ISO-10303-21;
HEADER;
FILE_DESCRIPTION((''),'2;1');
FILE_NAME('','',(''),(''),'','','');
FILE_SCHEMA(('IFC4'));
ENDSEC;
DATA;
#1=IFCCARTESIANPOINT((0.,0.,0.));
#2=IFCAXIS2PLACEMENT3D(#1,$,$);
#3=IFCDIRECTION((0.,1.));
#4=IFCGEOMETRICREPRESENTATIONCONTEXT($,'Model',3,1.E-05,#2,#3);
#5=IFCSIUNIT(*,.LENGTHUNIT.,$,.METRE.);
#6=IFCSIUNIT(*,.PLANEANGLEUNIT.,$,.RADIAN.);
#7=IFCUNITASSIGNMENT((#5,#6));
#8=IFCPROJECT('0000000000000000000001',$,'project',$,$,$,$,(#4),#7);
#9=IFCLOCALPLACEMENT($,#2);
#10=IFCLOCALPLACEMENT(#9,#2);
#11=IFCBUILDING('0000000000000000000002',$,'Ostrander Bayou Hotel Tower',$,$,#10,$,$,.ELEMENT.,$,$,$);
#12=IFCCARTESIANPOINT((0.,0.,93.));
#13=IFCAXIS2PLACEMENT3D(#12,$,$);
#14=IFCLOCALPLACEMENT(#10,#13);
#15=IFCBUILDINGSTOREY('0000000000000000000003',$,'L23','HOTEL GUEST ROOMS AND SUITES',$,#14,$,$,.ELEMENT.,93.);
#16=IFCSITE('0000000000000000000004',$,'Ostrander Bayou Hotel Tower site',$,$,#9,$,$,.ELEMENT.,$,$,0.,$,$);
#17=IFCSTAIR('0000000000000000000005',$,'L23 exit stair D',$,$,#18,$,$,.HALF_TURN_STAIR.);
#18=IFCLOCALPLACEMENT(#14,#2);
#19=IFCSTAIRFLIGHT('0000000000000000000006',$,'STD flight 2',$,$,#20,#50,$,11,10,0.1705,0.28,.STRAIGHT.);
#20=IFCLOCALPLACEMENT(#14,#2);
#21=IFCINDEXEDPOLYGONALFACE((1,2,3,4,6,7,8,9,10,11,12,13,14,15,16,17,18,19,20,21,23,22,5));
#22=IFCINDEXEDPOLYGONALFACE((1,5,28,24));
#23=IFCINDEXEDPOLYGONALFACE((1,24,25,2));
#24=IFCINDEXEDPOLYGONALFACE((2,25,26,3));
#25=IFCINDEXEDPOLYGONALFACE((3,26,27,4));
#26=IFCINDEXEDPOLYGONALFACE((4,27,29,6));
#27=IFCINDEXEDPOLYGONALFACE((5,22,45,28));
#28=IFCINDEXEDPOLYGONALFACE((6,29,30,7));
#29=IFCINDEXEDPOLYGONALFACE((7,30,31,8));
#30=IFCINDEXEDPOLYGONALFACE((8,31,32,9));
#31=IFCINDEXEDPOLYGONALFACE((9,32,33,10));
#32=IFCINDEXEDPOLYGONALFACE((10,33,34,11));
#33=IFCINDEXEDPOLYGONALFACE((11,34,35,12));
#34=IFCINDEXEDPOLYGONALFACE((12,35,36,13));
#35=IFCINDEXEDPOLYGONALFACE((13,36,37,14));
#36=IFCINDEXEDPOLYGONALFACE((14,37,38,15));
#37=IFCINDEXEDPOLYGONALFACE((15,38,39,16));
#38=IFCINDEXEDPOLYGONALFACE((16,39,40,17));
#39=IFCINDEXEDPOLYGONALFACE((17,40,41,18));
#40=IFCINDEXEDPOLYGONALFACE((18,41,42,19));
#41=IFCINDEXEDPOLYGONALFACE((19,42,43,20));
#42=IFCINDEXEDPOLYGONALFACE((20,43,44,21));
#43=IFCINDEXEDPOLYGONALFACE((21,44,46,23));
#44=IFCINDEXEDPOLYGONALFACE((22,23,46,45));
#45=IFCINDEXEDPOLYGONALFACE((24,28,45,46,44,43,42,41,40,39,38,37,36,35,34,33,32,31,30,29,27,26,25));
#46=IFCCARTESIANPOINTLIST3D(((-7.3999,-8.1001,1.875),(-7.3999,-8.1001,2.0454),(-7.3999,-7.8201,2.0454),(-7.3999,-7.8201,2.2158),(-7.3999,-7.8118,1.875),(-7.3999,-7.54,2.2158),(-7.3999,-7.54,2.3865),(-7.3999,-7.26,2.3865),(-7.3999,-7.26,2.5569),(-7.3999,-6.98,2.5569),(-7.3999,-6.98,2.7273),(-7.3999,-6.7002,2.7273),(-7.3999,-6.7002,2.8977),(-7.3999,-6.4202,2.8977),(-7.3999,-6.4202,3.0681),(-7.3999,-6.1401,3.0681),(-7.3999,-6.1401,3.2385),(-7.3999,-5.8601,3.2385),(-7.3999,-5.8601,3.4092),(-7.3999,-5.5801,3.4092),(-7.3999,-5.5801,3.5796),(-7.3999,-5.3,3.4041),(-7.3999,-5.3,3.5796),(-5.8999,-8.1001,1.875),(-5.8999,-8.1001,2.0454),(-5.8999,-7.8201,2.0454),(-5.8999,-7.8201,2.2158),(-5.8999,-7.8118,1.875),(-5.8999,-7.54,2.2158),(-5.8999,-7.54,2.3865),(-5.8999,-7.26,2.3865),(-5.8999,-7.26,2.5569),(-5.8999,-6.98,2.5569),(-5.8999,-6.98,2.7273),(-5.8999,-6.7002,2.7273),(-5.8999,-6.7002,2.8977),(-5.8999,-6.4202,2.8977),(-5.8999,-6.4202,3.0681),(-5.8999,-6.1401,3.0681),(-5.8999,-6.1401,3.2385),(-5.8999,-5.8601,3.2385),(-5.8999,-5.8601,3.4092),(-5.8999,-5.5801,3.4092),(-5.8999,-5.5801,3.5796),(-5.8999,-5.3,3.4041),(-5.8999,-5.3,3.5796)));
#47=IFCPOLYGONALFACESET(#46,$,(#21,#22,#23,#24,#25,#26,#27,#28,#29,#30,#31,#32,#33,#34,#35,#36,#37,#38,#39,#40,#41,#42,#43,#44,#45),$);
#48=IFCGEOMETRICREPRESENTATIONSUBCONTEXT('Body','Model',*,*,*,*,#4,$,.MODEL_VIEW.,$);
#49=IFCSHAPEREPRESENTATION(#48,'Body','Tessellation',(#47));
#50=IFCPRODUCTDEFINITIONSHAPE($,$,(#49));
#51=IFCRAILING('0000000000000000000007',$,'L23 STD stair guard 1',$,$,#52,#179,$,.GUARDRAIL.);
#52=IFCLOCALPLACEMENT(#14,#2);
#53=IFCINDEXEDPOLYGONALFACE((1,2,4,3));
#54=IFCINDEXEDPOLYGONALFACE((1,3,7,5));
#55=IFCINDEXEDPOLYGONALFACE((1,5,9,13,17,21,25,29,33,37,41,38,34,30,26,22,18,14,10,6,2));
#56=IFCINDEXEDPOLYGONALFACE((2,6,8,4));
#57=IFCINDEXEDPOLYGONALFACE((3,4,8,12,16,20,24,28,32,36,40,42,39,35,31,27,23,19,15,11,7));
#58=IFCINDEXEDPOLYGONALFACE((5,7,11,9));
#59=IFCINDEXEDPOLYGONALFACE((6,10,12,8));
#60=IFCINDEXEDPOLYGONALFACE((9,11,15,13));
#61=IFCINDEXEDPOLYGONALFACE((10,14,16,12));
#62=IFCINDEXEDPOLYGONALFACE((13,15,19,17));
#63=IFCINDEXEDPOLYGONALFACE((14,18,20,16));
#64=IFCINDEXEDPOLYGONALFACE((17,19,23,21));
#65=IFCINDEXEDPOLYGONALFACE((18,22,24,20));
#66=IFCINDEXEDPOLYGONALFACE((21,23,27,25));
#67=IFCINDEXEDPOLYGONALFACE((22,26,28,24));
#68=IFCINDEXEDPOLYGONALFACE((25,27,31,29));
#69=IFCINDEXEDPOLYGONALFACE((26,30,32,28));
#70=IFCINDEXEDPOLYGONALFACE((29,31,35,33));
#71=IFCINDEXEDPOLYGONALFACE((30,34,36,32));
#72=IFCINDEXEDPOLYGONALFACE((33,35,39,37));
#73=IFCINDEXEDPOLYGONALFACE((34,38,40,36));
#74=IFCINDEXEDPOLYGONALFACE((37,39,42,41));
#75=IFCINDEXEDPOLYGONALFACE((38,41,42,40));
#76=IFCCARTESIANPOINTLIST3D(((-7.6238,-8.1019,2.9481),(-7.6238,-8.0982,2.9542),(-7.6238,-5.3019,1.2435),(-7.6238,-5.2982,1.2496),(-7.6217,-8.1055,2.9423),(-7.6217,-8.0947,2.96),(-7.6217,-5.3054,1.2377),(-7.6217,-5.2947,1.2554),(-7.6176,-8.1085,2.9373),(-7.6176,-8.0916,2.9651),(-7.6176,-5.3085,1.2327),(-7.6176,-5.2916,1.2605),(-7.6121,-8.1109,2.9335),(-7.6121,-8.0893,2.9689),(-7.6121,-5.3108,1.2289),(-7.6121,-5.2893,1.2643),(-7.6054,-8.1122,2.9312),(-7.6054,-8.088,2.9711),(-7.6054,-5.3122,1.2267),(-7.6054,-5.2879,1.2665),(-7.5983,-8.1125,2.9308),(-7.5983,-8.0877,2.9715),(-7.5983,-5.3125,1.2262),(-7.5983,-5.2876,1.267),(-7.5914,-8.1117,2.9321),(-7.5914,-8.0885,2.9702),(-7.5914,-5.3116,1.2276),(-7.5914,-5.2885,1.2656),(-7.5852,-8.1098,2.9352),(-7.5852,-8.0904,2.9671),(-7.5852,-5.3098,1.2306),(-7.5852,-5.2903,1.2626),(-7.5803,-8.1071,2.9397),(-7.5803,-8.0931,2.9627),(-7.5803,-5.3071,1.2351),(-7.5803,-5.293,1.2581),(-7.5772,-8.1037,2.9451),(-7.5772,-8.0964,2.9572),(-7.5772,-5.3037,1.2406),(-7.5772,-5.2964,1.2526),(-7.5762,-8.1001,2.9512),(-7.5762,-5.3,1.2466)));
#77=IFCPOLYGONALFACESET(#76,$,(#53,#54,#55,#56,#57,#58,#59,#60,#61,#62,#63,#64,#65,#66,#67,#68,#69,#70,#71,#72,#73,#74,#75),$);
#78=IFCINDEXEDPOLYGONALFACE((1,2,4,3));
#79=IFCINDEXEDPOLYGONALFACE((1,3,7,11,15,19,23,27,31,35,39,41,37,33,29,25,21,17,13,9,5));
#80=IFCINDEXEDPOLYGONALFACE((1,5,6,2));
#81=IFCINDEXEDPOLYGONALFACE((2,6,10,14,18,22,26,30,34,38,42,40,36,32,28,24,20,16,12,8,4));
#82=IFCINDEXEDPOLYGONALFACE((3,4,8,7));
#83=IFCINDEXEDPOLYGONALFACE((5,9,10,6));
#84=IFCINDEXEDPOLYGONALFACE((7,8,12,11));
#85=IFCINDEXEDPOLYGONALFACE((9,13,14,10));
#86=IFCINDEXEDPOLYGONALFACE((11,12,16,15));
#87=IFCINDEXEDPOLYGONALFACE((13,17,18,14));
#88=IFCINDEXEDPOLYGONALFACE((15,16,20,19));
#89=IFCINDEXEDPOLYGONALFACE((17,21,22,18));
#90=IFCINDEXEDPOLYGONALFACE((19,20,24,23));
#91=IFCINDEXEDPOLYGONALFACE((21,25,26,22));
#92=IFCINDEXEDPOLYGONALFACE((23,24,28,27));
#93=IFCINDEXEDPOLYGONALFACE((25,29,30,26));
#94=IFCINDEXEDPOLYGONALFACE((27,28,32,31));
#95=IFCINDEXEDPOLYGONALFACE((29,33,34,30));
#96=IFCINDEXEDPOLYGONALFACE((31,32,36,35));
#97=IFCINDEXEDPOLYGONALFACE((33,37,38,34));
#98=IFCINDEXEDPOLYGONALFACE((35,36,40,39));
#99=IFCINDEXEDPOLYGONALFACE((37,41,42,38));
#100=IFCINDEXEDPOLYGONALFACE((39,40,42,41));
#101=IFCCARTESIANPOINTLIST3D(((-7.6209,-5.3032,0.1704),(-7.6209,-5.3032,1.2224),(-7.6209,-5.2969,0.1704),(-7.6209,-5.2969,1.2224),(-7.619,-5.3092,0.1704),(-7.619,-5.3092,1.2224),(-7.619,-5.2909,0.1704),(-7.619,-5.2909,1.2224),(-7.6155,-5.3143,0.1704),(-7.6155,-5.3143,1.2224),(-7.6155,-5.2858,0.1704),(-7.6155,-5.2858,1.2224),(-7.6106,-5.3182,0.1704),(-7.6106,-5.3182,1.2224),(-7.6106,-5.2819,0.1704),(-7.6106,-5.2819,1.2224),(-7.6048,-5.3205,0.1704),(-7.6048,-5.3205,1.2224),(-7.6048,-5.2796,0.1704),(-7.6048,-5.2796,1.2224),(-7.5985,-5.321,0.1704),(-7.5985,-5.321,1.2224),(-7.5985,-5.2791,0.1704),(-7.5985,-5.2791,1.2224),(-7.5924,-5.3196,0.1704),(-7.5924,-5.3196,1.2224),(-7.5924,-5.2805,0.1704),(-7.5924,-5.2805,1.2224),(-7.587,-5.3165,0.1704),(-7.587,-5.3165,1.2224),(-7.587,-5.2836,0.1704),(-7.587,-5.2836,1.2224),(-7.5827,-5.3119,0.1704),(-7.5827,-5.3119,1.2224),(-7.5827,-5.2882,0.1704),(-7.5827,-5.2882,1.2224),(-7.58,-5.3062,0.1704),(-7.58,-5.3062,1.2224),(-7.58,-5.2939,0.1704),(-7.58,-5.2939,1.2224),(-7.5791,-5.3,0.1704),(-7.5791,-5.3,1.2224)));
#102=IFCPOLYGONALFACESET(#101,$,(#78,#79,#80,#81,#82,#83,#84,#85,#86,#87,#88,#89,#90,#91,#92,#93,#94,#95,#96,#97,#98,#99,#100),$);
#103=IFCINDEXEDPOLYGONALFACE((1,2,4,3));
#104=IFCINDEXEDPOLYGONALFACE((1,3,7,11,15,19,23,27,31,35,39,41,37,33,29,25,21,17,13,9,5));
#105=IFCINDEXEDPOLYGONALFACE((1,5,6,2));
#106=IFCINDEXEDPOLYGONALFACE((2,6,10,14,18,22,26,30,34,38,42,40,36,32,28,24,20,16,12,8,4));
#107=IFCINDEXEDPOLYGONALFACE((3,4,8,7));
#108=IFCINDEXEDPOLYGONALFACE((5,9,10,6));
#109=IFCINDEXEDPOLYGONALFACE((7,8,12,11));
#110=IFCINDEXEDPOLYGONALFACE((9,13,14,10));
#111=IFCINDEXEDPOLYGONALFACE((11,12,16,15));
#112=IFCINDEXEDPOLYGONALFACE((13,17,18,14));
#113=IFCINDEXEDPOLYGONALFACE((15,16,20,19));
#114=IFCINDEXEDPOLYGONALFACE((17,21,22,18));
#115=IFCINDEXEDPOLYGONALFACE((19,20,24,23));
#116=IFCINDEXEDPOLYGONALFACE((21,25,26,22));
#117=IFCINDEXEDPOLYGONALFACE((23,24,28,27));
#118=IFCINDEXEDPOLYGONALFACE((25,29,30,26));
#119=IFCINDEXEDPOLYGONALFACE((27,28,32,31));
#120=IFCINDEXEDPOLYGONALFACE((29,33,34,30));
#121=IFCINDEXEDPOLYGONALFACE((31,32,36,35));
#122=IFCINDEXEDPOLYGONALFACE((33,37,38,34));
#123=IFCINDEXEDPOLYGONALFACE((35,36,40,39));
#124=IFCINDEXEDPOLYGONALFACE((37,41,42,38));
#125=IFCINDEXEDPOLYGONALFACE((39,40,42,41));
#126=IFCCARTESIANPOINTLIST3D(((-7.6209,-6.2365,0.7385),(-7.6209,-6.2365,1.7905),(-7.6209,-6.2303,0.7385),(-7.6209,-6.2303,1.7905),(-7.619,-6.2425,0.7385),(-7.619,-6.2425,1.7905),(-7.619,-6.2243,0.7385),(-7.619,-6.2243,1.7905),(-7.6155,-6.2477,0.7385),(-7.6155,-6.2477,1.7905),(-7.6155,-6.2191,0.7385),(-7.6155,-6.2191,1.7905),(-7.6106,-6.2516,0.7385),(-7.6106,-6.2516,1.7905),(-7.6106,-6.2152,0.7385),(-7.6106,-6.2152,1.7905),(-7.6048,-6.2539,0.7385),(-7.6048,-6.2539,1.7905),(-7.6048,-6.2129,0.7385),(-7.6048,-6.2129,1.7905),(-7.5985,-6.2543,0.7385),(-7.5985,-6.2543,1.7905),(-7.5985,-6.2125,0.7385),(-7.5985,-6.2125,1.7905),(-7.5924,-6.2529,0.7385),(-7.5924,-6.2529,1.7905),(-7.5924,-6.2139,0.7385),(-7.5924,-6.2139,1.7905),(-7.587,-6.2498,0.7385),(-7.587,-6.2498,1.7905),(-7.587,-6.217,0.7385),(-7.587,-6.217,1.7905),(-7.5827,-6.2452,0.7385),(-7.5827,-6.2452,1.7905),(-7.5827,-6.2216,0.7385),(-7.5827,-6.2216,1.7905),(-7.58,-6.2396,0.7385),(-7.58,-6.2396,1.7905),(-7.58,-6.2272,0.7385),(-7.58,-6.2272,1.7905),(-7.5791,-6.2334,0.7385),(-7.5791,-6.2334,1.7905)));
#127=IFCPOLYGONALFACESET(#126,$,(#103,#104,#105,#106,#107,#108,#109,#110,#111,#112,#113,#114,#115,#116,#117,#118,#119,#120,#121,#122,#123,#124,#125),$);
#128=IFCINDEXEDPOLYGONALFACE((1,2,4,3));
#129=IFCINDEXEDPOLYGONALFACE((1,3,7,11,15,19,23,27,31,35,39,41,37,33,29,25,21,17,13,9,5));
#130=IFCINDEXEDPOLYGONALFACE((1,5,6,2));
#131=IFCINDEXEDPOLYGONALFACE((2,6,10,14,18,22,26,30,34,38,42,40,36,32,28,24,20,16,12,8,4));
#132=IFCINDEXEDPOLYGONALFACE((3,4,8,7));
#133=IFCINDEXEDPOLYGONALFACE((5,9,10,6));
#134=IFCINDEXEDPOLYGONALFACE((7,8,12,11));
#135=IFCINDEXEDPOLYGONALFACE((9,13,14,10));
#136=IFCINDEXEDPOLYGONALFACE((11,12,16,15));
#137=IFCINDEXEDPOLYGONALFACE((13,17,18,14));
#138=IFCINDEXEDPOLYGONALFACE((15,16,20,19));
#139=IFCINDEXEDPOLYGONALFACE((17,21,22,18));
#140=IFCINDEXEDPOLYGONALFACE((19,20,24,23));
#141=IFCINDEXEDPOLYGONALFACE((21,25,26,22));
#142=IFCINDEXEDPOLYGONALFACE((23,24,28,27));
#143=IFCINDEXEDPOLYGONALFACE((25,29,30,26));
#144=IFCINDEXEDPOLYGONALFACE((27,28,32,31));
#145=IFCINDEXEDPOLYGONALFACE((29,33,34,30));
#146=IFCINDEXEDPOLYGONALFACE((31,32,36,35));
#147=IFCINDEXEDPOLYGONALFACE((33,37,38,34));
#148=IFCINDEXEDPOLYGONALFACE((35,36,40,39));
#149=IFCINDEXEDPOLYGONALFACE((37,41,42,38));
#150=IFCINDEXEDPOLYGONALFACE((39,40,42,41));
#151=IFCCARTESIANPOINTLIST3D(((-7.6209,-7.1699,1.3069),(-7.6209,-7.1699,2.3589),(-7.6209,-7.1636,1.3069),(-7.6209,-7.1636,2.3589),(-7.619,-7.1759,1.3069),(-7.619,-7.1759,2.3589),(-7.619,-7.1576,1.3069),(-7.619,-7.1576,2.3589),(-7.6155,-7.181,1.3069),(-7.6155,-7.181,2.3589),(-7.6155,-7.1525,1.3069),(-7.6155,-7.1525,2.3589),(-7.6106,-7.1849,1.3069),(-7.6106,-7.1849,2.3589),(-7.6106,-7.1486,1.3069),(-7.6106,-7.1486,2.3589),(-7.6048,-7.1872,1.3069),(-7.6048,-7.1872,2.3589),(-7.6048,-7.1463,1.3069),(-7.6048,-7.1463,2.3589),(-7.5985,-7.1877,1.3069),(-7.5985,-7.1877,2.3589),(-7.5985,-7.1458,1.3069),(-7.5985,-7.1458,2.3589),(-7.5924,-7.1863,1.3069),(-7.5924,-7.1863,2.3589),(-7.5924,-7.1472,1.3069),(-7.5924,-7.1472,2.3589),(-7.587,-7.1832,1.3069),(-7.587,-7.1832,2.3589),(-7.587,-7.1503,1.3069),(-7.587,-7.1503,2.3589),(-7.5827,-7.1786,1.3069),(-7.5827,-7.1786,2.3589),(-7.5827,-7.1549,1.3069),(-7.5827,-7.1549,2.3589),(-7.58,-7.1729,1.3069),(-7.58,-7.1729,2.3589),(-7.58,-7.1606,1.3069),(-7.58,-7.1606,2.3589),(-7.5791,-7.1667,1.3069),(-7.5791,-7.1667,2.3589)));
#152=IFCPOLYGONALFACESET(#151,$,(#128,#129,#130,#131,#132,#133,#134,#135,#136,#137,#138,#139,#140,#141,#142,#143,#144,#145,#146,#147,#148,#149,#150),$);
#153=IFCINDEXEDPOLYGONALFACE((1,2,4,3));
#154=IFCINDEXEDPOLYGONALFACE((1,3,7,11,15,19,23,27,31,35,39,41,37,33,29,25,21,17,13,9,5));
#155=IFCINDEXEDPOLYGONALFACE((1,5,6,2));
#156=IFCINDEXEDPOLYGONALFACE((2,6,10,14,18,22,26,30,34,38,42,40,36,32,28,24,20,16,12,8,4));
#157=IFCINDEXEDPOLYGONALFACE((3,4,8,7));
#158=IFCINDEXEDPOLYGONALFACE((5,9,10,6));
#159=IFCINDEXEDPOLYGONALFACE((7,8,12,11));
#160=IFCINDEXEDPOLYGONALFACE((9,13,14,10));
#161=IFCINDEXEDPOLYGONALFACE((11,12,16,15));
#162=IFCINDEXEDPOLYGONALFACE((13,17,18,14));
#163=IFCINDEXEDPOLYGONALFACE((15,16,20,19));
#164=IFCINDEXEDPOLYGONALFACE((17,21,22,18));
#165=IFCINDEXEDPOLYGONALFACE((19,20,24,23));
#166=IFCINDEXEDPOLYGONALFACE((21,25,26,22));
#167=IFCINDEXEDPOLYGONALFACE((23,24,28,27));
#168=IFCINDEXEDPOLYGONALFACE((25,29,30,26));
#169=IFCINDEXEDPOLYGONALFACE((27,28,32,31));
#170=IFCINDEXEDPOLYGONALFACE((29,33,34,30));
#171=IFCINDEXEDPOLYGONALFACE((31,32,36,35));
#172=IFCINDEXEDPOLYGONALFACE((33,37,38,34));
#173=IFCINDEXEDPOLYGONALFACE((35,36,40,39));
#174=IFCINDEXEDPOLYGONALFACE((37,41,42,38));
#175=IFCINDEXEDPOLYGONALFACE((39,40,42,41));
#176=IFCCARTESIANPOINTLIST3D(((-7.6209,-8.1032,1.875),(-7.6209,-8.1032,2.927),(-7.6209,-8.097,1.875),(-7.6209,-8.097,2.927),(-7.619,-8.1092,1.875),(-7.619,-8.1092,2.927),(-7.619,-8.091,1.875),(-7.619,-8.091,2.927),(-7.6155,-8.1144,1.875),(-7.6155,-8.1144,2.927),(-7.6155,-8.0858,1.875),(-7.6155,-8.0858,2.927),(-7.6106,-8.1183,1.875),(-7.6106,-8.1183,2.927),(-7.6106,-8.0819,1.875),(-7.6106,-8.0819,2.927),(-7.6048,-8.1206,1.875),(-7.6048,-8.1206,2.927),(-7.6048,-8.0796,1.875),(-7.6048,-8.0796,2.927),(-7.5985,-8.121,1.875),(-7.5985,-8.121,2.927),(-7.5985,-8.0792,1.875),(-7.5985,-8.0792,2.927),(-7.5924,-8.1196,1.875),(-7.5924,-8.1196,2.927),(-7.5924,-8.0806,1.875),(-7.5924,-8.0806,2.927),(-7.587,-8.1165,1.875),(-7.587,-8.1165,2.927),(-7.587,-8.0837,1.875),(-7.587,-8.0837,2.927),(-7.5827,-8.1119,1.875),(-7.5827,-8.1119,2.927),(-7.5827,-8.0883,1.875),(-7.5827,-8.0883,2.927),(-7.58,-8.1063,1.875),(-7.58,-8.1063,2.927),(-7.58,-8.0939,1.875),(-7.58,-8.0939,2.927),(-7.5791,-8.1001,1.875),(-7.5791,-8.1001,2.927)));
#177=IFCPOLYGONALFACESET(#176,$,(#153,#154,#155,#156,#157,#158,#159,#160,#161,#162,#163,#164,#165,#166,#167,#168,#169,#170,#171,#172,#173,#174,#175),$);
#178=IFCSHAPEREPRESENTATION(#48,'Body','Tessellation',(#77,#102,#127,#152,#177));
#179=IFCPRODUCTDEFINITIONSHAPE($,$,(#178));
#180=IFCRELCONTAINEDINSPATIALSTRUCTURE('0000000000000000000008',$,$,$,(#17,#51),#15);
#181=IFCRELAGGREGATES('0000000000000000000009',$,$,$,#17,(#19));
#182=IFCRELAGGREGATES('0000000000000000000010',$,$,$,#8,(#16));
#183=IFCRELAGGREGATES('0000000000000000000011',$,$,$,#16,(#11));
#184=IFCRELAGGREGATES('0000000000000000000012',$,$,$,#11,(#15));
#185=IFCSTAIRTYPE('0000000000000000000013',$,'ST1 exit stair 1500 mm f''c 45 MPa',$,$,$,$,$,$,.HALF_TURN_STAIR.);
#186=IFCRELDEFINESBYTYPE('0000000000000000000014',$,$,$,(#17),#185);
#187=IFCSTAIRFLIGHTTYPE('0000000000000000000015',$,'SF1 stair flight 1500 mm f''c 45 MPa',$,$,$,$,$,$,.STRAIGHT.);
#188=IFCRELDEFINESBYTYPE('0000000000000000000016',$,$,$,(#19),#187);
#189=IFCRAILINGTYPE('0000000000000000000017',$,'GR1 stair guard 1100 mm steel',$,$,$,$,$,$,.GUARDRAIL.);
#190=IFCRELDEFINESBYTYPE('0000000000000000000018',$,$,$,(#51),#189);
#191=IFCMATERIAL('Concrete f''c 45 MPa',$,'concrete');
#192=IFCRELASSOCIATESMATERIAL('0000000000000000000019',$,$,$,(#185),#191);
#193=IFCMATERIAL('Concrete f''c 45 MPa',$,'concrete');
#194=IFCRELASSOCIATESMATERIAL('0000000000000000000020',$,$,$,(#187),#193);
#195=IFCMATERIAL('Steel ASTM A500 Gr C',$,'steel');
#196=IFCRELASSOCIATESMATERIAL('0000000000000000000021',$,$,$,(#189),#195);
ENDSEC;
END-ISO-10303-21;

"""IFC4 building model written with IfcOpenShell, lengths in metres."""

from ifc_helpers import new_model, si_unit, direction, frame, origin, origin_2d, place, context, subcontext, project, spatial, polyline, circle, outline, extrude, material, type_object, element, aggregate, save


model = new_model("IFC4")

# Units and contexts
model_context = context("Model", 3, precision=1e-05, world=origin(), true_north=direction((0.0, 1.0)))
body_context = subcontext(model_context, "Body", "Model", "MODEL_VIEW")
ifc_project = project(units=[si_unit("LENGTHUNIT", "METRE"), si_unit("PLANEANGLEUNIT", "RADIAN")], contexts=[model_context])

# Site, building, storey
site_placement = place(None, origin())
site = spatial("IfcSite", under=ifc_project, at=site_placement, Name="Ostrander Bayou Hotel Tower site", CompositionType="ELEMENT", RefElevation=0.0)
building_placement = place(site_placement, origin())
building = spatial("IfcBuilding", under=site, at=building_placement, Name="Ostrander Bayou Hotel Tower", CompositionType="ELEMENT")
storey_placement = place(building_placement, frame((0.0, 0.0, 93.0)))
storey = spatial("IfcBuildingStorey", under=building, at=storey_placement, Name="L23", Description="HOTEL GUEST ROOMS AND SUITES", CompositionType="ELEMENT", Elevation=93.0)

# Stair, stair flight
ifc_material_1 = material(Name="Concrete f'c 45 MPa", Category="concrete")
stair_type = type_object("IfcStairType", Name="ST1 exit stair 1500 mm f'c 45 MPa", PredefinedType="HALF_TURN_STAIR", material=ifc_material_1)
stair_placement = place(storey_placement, origin())
stair = element("IfcStair", 1, at=stair_placement, inside=storey, type_object=stair_type, Name="L23 exit stair D", PredefinedType="HALF_TURN_STAIR")
ifc_material_2 = material(Name="Concrete f'c 45 MPa", Category="concrete")
stair_flight_type = type_object("IfcStairFlightType", Name="SF1 stair flight 1500 mm f'c 45 MPa", PredefinedType="STRAIGHT", material=ifc_material_2)
stair_flight_1_placement = place(storey_placement, frame((-6.6499, -8.1001, 1.875), z_axis=(0.0, 0.0, 1.0), x_axis=(0.0, 1.0, 0.0)))
stair_flight_1 = element("IfcStairFlight", 2, at=stair_flight_1_placement, type_object=stair_flight_type, Name="STD flight 2", NumberOfRisers=11, NumberOfTreads=10, PredefinedType="STRAIGHT", RiserHeight=0.1705, TreadLength=0.28, context=body_context, shape_type="SweptSolid", body=[
    extrude(outline(polyline([(0.0, 0.0), (0.0, 0.1704), (0.28, 0.1704), (0.28, 0.3408), (0.5601, 0.3408), (0.5601, 0.5115), (0.8401, 0.5115), (0.8401, 0.6819), (1.1201, 0.6819), (1.1201, 0.8523), (1.3999, 0.8523), (1.3999, 1.0227), (1.6799, 1.0227), (1.6799, 1.1931), (1.96, 1.1931), (1.96, 1.3635), (2.24, 1.3635), (2.24, 1.5342), (2.52, 1.5342), (2.52, 1.7046), (2.8, 1.7046), (2.8, 1.875), (2.8, 1.5291), (0.2883, 0.0), (0.0, 0.0)])), frame((0.0, 0.75, 0.0), z_axis=(0.0, -1.0, 0.0), x_axis=(1.0, 0.0, 0.0)), (0.0, 0.0, 1.0), 1.5),
])
aggregate(stair, [stair_flight_1])

# Railing
ifc_material_3 = material(Name="Steel ASTM A500 Gr C", Category="steel")
railing_type_1 = type_object("IfcRailingType", Name="GR1 stair guard 1100 mm steel", PredefinedType="GUARDRAIL", material=ifc_material_3)
railing_1_placement = place(storey_placement, frame((-7.6001, -5.3, 0.1704)))
element("IfcRailing", 3, at=railing_1_placement, inside=storey, type_object=railing_type_1, Name="L23 STD stair guard 1", PredefinedType="GUARDRAIL", context=body_context, shape_type="SweptSolid", body=[
    extrude(circle(Radius=0.0239, at=origin_2d()), frame((0.0, 0.0, 1.0762), z_axis=(0.0, -0.85417, 0.519994), x_axis=(1.0, 0.0, 0.0)), (0.0, 0.0, 1.0), 3.2781),
    extrude(circle(Radius=0.021, at=origin_2d()), origin(), (0.0, 0.0, 1.0), 1.052),
    extrude(circle(Radius=0.021, at=origin_2d()), frame((0.0, -0.9333, 0.5681)), (0.0, 0.0, 1.0), 1.052),
    extrude(circle(Radius=0.021, at=origin_2d()), frame((0.0, -1.8667, 1.1365)), (0.0, 0.0, 1.0), 1.052),
    extrude(circle(Radius=0.021, at=origin_2d()), frame((0.0, -2.8, 1.7046)), (0.0, 0.0, 1.0), 1.052),
])

save(model, "model.ifc")
